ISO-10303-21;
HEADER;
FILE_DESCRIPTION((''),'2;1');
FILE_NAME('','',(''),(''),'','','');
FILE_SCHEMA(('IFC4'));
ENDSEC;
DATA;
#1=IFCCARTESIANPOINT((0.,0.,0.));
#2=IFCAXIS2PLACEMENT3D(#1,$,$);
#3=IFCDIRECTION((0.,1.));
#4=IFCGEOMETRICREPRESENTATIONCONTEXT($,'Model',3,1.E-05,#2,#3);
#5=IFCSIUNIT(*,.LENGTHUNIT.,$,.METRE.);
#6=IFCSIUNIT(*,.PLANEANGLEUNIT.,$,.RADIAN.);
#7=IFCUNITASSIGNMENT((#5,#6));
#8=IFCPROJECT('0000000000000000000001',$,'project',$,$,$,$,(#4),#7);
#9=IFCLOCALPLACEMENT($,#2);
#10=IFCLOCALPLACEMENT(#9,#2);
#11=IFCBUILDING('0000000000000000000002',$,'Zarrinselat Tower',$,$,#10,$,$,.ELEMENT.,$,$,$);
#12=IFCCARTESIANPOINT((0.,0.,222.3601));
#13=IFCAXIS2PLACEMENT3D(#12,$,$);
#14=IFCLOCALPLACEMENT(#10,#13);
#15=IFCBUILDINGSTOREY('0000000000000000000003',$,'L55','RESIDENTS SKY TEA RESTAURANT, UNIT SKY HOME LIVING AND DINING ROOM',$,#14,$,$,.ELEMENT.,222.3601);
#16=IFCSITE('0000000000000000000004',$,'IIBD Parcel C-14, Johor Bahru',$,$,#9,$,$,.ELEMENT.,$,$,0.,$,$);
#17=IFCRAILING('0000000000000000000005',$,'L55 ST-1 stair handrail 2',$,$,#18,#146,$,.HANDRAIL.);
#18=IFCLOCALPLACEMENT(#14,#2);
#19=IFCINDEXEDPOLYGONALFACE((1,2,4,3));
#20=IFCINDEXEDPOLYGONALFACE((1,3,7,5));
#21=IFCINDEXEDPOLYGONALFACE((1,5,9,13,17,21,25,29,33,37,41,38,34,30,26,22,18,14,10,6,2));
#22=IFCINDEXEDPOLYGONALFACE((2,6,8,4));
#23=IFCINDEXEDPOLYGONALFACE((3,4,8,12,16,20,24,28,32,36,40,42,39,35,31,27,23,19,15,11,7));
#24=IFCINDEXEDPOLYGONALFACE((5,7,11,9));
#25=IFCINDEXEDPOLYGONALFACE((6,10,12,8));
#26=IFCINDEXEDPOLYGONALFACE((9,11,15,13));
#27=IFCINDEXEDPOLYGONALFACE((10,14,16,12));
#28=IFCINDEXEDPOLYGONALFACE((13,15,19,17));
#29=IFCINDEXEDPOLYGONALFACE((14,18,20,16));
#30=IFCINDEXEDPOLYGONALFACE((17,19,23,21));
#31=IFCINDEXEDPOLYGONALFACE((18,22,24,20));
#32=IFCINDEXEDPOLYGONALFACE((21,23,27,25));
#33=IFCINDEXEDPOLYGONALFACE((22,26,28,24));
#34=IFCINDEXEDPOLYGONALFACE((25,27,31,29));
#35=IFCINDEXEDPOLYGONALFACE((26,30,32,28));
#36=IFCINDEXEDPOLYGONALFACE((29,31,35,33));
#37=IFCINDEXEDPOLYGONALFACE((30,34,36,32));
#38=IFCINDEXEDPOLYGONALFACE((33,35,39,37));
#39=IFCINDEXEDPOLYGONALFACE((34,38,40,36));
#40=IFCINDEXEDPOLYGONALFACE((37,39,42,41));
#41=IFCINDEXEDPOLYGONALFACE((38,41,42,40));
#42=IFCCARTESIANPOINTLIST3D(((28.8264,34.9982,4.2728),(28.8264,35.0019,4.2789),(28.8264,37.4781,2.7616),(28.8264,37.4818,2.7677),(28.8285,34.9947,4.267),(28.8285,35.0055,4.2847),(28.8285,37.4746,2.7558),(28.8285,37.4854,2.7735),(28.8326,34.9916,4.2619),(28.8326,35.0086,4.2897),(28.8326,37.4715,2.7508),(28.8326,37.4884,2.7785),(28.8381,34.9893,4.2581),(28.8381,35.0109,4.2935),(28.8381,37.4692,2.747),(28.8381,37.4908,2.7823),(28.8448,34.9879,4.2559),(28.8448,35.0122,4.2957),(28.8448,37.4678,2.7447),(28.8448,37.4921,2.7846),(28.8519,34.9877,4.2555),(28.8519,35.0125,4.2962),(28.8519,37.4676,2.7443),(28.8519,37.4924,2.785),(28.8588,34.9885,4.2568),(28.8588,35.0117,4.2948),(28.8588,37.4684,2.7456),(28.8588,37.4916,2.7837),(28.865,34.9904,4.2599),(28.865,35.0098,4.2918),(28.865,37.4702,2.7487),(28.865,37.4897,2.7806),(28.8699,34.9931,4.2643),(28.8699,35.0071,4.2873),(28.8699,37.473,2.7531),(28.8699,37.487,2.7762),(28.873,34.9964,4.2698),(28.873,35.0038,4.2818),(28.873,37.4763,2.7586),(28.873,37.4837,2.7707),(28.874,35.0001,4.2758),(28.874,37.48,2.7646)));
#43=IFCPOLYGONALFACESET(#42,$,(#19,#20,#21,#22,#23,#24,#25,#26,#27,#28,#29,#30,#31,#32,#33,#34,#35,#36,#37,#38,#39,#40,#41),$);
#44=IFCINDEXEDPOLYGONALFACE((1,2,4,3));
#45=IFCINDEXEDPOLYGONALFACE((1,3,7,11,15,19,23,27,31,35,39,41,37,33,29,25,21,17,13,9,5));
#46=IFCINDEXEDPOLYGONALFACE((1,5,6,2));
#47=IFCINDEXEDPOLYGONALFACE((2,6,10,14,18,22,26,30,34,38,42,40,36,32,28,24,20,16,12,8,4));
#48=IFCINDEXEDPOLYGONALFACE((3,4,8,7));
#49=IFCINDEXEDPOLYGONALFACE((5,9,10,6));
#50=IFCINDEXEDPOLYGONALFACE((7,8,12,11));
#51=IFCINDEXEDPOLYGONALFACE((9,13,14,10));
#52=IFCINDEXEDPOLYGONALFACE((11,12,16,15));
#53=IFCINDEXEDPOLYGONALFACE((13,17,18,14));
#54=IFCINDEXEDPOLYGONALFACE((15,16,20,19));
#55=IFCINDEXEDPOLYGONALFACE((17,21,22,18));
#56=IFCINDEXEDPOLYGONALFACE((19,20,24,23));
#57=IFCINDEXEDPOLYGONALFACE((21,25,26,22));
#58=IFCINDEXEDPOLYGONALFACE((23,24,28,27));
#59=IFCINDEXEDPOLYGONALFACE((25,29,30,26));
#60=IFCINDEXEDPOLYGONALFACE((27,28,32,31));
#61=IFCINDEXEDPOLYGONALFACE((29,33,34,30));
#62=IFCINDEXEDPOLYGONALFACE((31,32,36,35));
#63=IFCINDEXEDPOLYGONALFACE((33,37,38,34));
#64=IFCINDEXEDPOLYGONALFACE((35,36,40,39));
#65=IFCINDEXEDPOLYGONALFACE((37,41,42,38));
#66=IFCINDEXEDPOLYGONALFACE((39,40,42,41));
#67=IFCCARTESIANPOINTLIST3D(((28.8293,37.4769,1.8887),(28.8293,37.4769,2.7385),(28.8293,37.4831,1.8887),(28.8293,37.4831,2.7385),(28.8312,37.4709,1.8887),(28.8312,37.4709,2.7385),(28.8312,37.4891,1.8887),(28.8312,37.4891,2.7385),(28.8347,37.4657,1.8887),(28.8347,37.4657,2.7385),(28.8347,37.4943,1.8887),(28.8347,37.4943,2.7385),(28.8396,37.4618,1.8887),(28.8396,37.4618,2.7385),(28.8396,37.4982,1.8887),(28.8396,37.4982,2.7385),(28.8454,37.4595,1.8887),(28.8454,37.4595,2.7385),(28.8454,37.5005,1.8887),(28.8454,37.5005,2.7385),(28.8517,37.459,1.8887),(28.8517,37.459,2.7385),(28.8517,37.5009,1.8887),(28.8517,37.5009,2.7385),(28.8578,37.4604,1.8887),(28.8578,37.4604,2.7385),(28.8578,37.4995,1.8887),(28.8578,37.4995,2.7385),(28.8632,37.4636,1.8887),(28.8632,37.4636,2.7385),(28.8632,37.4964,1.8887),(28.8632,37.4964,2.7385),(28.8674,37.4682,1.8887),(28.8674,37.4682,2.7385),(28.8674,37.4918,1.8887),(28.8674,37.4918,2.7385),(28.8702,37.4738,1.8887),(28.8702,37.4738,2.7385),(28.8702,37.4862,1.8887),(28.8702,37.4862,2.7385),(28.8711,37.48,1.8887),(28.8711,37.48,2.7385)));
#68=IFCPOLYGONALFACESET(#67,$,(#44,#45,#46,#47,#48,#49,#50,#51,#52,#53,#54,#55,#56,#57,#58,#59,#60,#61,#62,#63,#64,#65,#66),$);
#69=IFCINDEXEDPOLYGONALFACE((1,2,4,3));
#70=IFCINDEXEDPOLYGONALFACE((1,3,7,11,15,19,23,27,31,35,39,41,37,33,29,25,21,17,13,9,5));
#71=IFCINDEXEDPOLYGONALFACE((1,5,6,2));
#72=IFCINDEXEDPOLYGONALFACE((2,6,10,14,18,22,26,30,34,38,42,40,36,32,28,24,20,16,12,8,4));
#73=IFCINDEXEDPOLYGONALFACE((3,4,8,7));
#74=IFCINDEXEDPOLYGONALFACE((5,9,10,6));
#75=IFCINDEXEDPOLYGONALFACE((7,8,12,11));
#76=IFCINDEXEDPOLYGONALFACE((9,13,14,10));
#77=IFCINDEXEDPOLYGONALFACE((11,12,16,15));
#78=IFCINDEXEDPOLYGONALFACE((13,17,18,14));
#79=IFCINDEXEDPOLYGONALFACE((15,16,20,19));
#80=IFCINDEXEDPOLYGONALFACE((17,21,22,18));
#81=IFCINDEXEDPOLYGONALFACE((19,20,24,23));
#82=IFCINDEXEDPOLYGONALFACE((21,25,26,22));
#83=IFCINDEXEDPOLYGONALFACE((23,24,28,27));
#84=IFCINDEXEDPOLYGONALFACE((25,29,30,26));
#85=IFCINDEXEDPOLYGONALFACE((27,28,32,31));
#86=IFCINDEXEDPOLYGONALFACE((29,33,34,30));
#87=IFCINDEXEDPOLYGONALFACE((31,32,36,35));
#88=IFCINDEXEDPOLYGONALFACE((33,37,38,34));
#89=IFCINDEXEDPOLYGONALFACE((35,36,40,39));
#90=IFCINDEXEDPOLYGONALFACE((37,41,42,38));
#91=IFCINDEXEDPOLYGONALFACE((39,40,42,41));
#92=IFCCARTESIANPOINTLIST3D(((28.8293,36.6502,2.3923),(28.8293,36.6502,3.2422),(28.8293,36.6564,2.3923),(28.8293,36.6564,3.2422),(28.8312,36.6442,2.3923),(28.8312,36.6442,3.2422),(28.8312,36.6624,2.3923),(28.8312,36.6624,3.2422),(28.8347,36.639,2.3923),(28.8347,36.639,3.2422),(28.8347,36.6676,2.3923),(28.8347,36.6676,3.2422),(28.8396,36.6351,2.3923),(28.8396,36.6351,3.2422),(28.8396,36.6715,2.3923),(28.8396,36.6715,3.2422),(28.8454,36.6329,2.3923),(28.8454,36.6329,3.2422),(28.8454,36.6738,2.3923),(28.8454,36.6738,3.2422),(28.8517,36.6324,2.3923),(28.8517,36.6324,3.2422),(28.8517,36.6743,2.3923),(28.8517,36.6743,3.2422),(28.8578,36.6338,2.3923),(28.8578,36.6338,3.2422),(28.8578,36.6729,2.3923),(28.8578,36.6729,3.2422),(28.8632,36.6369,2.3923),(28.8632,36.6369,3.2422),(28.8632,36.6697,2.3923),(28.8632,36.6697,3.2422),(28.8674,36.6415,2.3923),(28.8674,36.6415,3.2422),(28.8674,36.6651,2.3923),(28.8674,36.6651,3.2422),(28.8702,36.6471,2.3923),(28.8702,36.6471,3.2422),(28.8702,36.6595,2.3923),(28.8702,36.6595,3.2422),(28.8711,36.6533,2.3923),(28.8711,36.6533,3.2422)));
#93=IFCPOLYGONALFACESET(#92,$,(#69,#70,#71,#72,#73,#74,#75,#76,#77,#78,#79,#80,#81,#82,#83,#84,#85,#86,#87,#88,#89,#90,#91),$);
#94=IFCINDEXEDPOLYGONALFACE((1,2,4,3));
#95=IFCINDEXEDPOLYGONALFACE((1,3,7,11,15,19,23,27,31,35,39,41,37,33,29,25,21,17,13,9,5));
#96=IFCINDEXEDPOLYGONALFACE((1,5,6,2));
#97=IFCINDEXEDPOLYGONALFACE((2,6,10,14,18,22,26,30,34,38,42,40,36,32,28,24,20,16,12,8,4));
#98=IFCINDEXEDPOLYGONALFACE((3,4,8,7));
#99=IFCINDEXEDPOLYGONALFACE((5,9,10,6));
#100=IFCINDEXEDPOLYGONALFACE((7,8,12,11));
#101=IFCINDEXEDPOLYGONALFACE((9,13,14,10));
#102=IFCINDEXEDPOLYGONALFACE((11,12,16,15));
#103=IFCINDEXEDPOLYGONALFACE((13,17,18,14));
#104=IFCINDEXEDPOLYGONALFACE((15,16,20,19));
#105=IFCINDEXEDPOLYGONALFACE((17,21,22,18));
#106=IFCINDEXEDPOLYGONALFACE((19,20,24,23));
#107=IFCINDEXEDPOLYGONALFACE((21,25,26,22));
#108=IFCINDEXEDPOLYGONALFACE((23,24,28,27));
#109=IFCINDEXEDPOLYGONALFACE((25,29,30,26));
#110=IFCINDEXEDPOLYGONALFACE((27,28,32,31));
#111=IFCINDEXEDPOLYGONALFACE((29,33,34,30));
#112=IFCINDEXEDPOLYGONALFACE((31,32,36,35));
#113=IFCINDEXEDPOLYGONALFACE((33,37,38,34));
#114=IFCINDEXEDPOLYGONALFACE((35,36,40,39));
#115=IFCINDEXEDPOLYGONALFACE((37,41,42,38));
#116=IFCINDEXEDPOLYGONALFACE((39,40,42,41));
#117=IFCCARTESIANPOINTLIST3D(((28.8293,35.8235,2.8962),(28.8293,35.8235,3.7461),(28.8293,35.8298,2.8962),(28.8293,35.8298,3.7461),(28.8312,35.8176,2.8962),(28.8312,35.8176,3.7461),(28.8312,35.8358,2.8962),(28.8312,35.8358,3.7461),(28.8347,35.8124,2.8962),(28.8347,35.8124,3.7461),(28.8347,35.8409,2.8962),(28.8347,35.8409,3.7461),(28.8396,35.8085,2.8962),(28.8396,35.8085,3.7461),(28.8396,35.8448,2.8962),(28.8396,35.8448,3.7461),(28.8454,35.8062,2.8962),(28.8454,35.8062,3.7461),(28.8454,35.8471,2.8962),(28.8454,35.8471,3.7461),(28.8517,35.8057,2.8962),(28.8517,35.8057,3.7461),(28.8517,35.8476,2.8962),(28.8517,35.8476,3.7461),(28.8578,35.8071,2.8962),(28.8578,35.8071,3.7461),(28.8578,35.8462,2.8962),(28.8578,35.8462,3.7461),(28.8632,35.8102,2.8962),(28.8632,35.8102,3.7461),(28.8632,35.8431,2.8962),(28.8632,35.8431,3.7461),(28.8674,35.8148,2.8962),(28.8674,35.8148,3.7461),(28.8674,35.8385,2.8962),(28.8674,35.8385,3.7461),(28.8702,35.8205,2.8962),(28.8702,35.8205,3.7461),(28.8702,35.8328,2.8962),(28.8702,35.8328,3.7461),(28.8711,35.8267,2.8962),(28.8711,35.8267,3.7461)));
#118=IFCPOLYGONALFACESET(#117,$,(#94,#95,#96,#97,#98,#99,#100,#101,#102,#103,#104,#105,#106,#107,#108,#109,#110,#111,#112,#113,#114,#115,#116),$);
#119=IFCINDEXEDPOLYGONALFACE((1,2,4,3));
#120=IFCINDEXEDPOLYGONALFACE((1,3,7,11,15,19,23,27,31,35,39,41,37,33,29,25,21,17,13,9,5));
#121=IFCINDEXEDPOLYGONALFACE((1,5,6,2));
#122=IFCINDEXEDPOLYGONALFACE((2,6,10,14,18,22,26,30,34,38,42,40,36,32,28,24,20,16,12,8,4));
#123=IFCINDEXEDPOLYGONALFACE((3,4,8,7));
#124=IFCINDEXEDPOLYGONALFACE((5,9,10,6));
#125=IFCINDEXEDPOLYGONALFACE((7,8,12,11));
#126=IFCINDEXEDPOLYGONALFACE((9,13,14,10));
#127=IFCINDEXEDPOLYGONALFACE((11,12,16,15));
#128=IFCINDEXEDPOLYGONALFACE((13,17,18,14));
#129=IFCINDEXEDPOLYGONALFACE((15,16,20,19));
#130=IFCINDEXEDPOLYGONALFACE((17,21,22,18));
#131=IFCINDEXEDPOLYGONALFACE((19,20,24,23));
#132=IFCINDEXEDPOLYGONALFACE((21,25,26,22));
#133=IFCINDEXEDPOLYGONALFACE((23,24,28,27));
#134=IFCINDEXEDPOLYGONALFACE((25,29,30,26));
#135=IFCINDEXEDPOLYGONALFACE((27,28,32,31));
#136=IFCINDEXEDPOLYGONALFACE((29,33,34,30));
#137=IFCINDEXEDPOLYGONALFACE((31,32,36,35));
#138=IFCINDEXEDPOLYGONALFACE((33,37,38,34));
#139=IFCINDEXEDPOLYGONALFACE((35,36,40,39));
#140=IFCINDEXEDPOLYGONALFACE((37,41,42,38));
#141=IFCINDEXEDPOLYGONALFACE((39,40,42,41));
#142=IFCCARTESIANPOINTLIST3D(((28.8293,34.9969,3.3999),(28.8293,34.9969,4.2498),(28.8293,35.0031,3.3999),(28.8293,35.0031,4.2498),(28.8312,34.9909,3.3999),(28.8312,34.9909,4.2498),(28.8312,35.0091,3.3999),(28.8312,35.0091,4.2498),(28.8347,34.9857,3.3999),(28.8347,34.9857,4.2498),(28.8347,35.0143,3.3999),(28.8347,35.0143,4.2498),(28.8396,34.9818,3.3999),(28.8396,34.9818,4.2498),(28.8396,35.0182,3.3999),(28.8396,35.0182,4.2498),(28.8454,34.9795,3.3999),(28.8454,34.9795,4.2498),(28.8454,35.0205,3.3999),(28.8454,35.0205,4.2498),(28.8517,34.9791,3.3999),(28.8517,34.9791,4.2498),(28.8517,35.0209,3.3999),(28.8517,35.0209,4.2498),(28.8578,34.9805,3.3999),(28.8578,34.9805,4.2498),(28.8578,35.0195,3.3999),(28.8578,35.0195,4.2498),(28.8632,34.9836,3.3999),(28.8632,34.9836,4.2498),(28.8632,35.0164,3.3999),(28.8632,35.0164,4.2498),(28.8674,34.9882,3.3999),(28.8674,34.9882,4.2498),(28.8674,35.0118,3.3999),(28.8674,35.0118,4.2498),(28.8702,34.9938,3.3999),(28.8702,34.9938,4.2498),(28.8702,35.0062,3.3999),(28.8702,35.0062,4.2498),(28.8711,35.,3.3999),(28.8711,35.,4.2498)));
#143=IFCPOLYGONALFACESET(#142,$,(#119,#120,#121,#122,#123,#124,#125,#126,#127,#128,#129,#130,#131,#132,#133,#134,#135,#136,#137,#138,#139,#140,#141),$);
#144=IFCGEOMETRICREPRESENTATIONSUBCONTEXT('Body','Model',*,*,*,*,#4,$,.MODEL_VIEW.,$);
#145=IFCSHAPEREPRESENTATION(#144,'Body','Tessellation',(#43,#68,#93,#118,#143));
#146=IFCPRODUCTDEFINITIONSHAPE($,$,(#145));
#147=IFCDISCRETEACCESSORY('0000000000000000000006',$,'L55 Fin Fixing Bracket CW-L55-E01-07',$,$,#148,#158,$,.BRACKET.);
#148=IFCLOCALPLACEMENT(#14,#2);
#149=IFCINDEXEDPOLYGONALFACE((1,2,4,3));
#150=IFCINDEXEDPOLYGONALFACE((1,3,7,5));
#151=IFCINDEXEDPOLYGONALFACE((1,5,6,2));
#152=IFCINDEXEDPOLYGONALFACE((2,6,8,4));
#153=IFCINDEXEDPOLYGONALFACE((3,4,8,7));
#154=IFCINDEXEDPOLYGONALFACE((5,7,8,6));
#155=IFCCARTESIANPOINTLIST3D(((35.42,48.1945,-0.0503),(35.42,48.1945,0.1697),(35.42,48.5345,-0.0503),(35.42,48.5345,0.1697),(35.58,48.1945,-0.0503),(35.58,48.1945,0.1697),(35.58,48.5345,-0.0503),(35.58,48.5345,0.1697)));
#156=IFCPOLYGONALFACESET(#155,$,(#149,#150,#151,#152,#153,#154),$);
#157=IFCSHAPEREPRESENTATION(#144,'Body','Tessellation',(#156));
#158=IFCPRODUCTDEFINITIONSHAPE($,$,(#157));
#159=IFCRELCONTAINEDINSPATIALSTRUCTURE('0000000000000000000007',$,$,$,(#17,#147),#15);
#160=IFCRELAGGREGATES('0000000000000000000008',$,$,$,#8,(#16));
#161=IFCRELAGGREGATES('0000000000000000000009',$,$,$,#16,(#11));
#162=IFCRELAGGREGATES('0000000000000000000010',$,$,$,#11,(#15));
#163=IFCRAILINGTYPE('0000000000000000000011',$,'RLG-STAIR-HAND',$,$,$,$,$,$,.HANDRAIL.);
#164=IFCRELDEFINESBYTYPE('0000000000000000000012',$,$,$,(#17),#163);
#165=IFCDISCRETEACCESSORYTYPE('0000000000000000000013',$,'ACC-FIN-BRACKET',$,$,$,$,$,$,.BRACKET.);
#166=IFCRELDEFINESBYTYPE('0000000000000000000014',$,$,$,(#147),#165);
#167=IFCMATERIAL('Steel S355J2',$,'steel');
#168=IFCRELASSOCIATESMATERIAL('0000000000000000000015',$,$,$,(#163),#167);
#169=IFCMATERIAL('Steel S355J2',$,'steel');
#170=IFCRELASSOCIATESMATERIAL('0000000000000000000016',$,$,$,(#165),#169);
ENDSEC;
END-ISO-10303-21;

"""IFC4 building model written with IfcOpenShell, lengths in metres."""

from ifc_helpers import new_model, si_unit, direction, frame, origin, origin_2d, place, context, subcontext, project, spatial, rectangle, circle, extrude, material, type_object, element, save


model = new_model("IFC4")

# Units and contexts
model_context = context("Model", 3, precision=1e-05, world=origin(), true_north=direction((0.0, 1.0)))
body_context = subcontext(model_context, "Body", "Model", "MODEL_VIEW")
ifc_project = project(units=[si_unit("LENGTHUNIT", "METRE"), si_unit("PLANEANGLEUNIT", "RADIAN")], contexts=[model_context])

# Site, building, storey
site_placement = place(None, origin())
site = spatial("IfcSite", under=ifc_project, at=site_placement, Name="IIBD Parcel C-14, Johor Bahru", CompositionType="ELEMENT", RefElevation=0.0)
building_placement = place(site_placement, origin())
building = spatial("IfcBuilding", under=site, at=building_placement, Name="Zarrinselat Tower", CompositionType="ELEMENT")
storey_placement = place(building_placement, frame((0.0, 0.0, 222.3601)))
storey = spatial("IfcBuildingStorey", under=building, at=storey_placement, Name="L55", Description="RESIDENTS SKY TEA RESTAURANT, UNIT SKY HOME LIVING AND DINING ROOM", CompositionType="ELEMENT", Elevation=222.3601)

# Railing
ifc_material_1 = material(Name="Steel S355J2", Category="steel")
railing_type_1 = type_object("IfcRailingType", Name="RLG-STAIR-HAND", PredefinedType="HANDRAIL", material=ifc_material_1)
railing_1_placement = place(storey_placement, frame((28.8501, 37.48, 1.8887)))
element("IfcRailing", 1, at=railing_1_placement, inside=storey, type_object=railing_type_1, Name="L55 ST-1 stair handrail 2", PredefinedType="HANDRAIL", context=body_context, shape_type="SweptSolid", body=[
    extrude(circle(Radius=0.0239, at=origin_2d()), frame((0.0, 0.0, 0.876), z_axis=(0.0, -0.853942, 0.520368), x_axis=(1.0, 0.0, 0.0)), (0.0, 0.0, 1.0), 2.9041),
    extrude(circle(Radius=0.021, at=origin_2d()), origin(), (0.0, 0.0, 1.0), 0.8499),
    extrude(circle(Radius=0.021, at=origin_2d()), frame((0.0, -0.8267, 0.5037)), (0.0, 0.0, 1.0), 0.8499),
    extrude(circle(Radius=0.021, at=origin_2d()), frame((0.0, -1.6533, 1.0076)), (0.0, 0.0, 1.0), 0.8499),
    extrude(circle(Radius=0.021, at=origin_2d()), frame((0.0, -2.48, 1.5112)), (0.0, 0.0, 1.0), 0.8499),
])

# Discrete accessory
ifc_material_2 = material(Name="Steel S355J2", Category="steel")
discrete_accessory_type = type_object("IfcDiscreteAccessoryType", Name="ACC-FIN-BRACKET", PredefinedType="BRACKET", material=ifc_material_2)
discrete_accessory_placement = place(storey_placement, frame((35.5, 48.3645, -0.0503), z_axis=(0.0, 0.0, 1.0), x_axis=(0.0, 1.0, 0.0)))
element("IfcDiscreteAccessory", 2, at=discrete_accessory_placement, inside=storey, type_object=discrete_accessory_type, Name="L55 Fin Fixing Bracket CW-L55-E01-07", PredefinedType="BRACKET", context=body_context, shape_type="SweptSolid", body=[
    extrude(rectangle(XDim=0.3401, YDim=0.1599, at=origin_2d()), origin(), (0.0, 0.0, 1.0), 0.22),
])

save(model, "model.ifc")
